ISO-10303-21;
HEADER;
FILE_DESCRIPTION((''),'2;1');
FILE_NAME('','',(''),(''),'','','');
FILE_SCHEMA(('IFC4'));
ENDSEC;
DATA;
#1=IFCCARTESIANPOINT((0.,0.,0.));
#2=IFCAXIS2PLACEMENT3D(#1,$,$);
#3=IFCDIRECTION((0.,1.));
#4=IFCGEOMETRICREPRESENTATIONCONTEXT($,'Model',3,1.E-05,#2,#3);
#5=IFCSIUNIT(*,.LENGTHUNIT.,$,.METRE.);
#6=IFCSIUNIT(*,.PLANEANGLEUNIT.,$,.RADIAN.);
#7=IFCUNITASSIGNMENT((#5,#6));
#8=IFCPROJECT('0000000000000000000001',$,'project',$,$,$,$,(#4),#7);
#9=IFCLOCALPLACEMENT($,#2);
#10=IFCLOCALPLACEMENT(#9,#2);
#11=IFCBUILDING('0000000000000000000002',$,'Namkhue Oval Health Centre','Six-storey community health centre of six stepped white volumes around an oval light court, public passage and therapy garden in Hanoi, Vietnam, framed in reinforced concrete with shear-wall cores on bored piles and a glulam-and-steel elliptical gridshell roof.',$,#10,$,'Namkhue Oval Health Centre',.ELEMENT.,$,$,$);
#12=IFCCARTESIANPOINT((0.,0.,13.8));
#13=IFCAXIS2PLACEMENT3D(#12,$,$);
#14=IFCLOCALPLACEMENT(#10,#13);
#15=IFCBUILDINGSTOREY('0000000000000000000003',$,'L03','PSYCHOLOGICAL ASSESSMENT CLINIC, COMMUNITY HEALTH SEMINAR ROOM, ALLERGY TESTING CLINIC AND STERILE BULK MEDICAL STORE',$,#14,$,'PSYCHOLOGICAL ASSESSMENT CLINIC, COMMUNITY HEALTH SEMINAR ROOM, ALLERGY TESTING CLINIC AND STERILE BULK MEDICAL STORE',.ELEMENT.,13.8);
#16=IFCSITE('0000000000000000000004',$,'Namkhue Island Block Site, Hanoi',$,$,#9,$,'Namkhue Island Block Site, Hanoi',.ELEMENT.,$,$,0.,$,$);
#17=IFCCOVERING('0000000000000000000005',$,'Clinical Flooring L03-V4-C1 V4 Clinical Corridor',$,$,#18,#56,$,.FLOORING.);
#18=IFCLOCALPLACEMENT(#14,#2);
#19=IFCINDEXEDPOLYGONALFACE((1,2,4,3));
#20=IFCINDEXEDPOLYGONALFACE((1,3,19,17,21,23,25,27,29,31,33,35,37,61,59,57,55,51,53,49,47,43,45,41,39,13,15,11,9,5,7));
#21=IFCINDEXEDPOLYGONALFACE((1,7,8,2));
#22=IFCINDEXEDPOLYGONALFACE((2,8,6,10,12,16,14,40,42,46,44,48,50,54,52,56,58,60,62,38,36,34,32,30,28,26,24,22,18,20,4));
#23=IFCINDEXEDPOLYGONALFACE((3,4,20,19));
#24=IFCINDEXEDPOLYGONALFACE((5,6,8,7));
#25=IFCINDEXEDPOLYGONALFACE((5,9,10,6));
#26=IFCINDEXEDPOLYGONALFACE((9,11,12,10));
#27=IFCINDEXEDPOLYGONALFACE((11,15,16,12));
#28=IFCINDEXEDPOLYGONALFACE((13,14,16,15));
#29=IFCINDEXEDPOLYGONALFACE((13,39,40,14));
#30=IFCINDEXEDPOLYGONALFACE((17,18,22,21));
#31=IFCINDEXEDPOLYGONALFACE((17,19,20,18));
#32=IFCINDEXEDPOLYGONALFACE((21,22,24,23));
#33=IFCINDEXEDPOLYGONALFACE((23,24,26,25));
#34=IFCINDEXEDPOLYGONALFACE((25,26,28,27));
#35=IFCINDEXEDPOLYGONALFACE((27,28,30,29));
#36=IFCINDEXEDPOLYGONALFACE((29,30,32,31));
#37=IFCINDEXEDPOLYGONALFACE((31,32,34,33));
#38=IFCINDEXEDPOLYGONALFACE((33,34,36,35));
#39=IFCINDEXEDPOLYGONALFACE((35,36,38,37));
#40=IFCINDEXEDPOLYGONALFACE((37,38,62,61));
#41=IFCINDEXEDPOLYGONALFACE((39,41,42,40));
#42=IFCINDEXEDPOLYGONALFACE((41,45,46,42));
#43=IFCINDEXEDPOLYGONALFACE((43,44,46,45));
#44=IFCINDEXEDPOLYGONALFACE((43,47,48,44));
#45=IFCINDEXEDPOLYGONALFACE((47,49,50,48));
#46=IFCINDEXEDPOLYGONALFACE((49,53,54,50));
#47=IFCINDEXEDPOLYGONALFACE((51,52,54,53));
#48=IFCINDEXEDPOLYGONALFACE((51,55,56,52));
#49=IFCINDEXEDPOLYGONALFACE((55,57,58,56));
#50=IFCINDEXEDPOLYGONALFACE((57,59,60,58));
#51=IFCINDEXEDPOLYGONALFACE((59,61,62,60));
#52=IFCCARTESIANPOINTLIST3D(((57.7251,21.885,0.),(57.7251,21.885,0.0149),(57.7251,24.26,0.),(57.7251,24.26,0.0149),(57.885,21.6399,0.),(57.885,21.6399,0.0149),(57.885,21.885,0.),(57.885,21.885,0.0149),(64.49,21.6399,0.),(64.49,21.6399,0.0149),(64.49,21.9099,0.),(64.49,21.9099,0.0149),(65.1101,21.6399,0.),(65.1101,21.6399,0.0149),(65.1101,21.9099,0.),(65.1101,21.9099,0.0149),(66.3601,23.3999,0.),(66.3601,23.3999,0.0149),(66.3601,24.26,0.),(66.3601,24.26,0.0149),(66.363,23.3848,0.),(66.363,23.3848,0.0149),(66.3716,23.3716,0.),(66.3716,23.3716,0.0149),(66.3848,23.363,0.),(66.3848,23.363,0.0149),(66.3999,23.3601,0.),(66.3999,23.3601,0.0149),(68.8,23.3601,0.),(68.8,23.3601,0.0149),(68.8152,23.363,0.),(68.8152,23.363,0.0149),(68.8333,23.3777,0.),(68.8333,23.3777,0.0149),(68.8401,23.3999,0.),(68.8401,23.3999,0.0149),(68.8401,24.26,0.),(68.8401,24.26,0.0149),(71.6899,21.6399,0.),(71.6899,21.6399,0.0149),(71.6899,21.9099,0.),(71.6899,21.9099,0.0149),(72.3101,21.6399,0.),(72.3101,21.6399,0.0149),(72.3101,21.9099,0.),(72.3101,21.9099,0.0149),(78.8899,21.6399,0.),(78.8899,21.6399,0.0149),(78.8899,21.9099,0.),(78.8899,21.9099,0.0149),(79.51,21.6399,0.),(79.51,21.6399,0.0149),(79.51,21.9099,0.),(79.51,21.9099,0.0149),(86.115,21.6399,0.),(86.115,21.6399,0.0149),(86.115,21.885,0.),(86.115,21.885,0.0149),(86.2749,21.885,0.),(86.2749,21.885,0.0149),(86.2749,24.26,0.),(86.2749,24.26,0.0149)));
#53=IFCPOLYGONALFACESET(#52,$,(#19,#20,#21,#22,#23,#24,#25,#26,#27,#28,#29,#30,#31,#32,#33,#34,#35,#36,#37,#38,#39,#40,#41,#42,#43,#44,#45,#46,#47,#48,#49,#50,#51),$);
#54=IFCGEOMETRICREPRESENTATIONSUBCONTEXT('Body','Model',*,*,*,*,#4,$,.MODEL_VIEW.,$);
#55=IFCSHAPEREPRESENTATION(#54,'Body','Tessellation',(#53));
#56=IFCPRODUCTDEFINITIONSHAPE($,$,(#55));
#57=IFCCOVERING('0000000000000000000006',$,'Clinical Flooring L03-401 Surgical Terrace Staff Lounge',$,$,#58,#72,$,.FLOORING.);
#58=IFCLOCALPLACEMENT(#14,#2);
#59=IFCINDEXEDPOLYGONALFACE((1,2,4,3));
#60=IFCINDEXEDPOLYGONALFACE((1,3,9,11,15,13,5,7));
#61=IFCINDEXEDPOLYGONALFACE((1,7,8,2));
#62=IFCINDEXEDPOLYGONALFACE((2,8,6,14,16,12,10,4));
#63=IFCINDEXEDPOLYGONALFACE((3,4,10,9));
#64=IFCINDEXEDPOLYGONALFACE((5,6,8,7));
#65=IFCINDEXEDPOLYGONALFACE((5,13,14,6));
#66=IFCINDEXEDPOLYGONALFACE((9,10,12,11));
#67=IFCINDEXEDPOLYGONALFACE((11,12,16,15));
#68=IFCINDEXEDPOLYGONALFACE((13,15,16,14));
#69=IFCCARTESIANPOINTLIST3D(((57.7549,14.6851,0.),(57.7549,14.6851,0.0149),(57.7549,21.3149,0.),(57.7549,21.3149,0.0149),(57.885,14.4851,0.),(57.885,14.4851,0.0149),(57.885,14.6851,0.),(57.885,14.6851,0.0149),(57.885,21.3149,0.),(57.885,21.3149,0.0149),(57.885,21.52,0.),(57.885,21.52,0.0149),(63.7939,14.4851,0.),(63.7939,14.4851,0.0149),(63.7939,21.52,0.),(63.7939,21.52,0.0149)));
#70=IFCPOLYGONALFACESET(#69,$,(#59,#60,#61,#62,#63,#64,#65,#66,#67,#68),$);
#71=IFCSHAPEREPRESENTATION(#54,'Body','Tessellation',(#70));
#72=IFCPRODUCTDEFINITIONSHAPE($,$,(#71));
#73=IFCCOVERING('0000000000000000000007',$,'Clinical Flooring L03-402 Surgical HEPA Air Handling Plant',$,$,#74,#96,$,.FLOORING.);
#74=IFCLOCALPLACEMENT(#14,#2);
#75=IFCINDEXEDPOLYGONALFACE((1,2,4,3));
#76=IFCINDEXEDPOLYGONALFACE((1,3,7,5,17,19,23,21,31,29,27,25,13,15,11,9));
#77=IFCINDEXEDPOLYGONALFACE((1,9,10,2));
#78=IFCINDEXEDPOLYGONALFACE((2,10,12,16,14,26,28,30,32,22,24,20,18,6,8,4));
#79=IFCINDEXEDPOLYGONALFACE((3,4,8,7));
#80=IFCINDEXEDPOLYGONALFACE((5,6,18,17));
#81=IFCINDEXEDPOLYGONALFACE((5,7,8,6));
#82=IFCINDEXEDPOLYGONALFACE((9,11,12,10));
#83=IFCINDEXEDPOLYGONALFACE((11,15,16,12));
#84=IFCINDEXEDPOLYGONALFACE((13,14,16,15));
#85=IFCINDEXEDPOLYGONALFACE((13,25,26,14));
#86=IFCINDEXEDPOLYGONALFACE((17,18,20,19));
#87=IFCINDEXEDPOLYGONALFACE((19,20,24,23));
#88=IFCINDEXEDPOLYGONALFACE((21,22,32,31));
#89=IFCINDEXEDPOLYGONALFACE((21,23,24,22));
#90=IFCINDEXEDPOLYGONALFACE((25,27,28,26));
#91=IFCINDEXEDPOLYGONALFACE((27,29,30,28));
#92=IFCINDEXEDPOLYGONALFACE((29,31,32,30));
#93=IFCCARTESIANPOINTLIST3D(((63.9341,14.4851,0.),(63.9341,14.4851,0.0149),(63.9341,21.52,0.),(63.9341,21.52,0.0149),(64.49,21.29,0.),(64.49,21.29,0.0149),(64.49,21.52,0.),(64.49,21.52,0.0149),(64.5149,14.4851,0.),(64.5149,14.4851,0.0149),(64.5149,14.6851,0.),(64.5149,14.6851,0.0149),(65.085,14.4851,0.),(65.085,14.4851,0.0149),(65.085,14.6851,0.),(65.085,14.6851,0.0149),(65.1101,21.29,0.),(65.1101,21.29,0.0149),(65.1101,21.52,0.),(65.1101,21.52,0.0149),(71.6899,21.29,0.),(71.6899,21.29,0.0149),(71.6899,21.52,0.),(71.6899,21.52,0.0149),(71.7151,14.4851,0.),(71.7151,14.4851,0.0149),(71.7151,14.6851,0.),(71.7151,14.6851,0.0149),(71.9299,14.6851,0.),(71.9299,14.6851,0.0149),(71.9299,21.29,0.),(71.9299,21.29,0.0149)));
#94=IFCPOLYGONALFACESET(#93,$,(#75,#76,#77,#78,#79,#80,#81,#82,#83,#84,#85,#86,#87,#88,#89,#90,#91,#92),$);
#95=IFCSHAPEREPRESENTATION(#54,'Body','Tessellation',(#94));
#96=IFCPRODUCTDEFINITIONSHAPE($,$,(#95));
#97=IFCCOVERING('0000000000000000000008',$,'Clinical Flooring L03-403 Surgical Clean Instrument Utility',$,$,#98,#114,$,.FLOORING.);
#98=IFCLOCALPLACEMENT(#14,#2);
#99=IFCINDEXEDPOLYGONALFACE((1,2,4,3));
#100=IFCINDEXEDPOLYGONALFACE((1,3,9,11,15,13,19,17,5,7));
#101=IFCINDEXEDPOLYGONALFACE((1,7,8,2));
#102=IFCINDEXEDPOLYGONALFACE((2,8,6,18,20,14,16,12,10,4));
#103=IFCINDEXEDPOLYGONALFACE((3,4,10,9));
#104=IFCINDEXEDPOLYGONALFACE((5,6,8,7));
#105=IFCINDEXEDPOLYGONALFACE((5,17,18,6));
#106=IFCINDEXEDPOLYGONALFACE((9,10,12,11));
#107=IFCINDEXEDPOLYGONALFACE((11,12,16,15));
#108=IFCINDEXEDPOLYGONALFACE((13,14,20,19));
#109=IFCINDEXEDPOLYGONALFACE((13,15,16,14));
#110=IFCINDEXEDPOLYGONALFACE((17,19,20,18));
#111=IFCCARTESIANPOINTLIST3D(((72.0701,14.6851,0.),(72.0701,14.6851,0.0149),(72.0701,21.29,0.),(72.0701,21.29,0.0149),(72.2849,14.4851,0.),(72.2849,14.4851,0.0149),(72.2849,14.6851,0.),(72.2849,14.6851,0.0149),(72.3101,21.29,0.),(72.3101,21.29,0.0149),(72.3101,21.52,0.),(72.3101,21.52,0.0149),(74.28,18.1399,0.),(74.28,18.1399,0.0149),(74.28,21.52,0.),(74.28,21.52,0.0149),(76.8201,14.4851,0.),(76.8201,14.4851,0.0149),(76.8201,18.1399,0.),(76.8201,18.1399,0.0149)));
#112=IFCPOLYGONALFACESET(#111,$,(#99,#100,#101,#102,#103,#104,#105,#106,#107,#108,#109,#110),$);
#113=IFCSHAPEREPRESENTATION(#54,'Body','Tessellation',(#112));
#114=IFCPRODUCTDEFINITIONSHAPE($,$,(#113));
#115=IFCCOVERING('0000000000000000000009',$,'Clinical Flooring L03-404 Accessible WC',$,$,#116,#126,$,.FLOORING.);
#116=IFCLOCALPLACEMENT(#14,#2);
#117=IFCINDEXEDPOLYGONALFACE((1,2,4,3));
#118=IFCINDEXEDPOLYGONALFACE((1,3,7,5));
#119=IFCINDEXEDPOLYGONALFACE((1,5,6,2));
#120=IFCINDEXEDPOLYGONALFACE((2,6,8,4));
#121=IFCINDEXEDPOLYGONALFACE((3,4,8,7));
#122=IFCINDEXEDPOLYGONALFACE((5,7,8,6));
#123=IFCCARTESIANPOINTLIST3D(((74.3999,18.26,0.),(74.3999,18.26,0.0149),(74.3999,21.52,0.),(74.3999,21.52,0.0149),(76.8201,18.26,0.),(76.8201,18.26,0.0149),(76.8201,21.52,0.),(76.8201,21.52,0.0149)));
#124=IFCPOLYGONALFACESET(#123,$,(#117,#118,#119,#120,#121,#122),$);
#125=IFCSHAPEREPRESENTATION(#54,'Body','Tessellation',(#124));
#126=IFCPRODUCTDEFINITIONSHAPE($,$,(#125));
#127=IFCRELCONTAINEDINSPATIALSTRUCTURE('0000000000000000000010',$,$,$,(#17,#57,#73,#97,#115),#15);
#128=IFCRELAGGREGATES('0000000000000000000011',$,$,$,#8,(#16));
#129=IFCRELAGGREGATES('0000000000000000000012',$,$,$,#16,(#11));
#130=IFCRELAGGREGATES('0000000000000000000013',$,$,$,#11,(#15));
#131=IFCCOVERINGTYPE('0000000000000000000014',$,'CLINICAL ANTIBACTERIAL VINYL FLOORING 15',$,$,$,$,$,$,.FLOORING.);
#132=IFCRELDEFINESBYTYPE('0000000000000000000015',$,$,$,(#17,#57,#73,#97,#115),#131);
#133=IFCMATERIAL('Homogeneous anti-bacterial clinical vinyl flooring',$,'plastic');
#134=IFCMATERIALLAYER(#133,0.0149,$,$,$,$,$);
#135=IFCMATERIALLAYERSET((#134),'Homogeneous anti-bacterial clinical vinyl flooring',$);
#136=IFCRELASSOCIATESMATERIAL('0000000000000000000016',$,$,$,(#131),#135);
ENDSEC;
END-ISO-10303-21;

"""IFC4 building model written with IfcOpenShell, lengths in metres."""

from ifc_helpers import new_model, si_unit, direction, frame, origin, place, context, subcontext, project, spatial, polyline, outline, extrude, material, layer, layer_set, type_object, element, save


model = new_model("IFC4")

# Units and contexts
model_context = context("Model", 3, precision=1e-05, world=origin(), true_north=direction((0.0, 1.0)))
body_context = subcontext(model_context, "Body", "Model", "MODEL_VIEW")
ifc_project = project(units=[si_unit("LENGTHUNIT", "METRE"), si_unit("PLANEANGLEUNIT", "RADIAN")], contexts=[model_context])

# Site, building, storey
site_placement = place(None, origin())
site = spatial("IfcSite", under=ifc_project, at=site_placement, Name="Namkhue Island Block Site, Hanoi", LongName="Namkhue Island Block Site, Hanoi", CompositionType="ELEMENT", RefElevation=0.0)
building_placement = place(site_placement, origin())
building = spatial("IfcBuilding", under=site, at=building_placement, Name="Namkhue Oval Health Centre", Description="Six-storey community health centre of six stepped white volumes around an oval light court, public passage and therapy garden in Hanoi, Vietnam, framed in reinforced concrete with shear-wall cores on bored piles and a glulam-and-steel elliptical gridshell roof.", LongName="Namkhue Oval Health Centre", CompositionType="ELEMENT")
storey_placement = place(building_placement, frame((0.0, 0.0, 13.8)))
storey = spatial("IfcBuildingStorey", under=building, at=storey_placement, Name="L03", Description="PSYCHOLOGICAL ASSESSMENT CLINIC, COMMUNITY HEALTH SEMINAR ROOM, ALLERGY TESTING CLINIC AND STERILE BULK MEDICAL STORE", LongName="PSYCHOLOGICAL ASSESSMENT CLINIC, COMMUNITY HEALTH SEMINAR ROOM, ALLERGY TESTING CLINIC AND STERILE BULK MEDICAL STORE", CompositionType="ELEMENT", Elevation=13.8)

# Coverings
ifc_material = material(Name="Homogeneous anti-bacterial clinical vinyl flooring", Category="plastic")
ifc_layer = layer(ifc_material, 0.0149)
ifc_layer_set = layer_set([ifc_layer], Name="Homogeneous anti-bacterial clinical vinyl flooring")
covering_type = type_object("IfcCoveringType", Name="CLINICAL ANTIBACTERIAL VINYL FLOORING 15", PredefinedType="FLOORING", material=ifc_layer_set)
covering_1_placement = place(storey_placement, origin())
element("IfcCovering", 1, at=covering_1_placement, inside=storey, type_object=covering_type, Name="Clinical Flooring L03-V4-C1 V4 Clinical Corridor", PredefinedType="FLOORING", context=body_context, shape_type="SweptSolid", body=[
    extrude(outline(polyline([(57.7251, 24.26), (66.3601, 24.26), (66.3601, 23.3999), (66.363, 23.3848), (66.3716, 23.3716), (66.3848, 23.363), (66.3999, 23.3601), (68.8, 23.3601), (68.8152, 23.363), (68.8333, 23.3777), (68.8401, 23.3999), (68.8401, 24.26), (86.2749, 24.26), (86.2749, 21.885), (86.115, 21.885), (86.115, 21.6399), (79.51, 21.6399), (79.51, 21.9099), (78.8899, 21.9099), (78.8899, 21.6399), (72.3101, 21.6399), (72.3101, 21.9099), (71.6899, 21.9099), (71.6899, 21.6399), (65.1101, 21.6399), (65.1101, 21.9099), (64.49, 21.9099), (64.49, 21.6399), (57.885, 21.6399), (57.885, 21.885), (57.7251, 21.885), (57.7251, 24.26)])), origin(), (0.0, 0.0, 1.0), 0.0149),
])
covering_2_placement = place(storey_placement, origin())
element("IfcCovering", 2, at=covering_2_placement, inside=storey, type_object=covering_type, Name="Clinical Flooring L03-401 Surgical Terrace Staff Lounge", PredefinedType="FLOORING", context=body_context, shape_type="SweptSolid", body=[
    extrude(outline(polyline([(57.885, 14.4851), (57.885, 14.6851), (57.7549, 14.6851), (57.7549, 21.3149), (57.885, 21.3149), (57.885, 21.52), (63.7939, 21.52), (63.7939, 14.4851), (57.885, 14.4851)])), origin(), (0.0, 0.0, 1.0), 0.0149),
])
covering_3_placement = place(storey_placement, origin())
element("IfcCovering", 3, at=covering_3_placement, inside=storey, type_object=covering_type, Name="Clinical Flooring L03-402 Surgical HEPA Air Handling Plant", PredefinedType="FLOORING", context=body_context, shape_type="SweptSolid", body=[
    extrude(outline(polyline([(65.085, 14.4851), (65.085, 14.6851), (64.5149, 14.6851), (64.5149, 14.4851), (63.9341, 14.4851), (63.9341, 21.52), (64.49, 21.52), (64.49, 21.29), (65.1101, 21.29), (65.1101, 21.52), (71.6899, 21.52), (71.6899, 21.29), (71.9299, 21.29), (71.9299, 14.6851), (71.7151, 14.6851), (71.7151, 14.4851), (65.085, 14.4851)])), origin(), (0.0, 0.0, 1.0), 0.0149),
])
covering_4_placement = place(storey_placement, origin())
element("IfcCovering", 4, at=covering_4_placement, inside=storey, type_object=covering_type, Name="Clinical Flooring L03-403 Surgical Clean Instrument Utility", PredefinedType="FLOORING", context=body_context, shape_type="SweptSolid", body=[
    extrude(outline(polyline([(74.28, 21.52), (74.28, 18.1399), (76.8201, 18.1399), (76.8201, 14.4851), (72.2849, 14.4851), (72.2849, 14.6851), (72.0701, 14.6851), (72.0701, 21.29), (72.3101, 21.29), (72.3101, 21.52), (74.28, 21.52)])), origin(), (0.0, 0.0, 1.0), 0.0149),
])
covering_5_placement = place(storey_placement, origin())
element("IfcCovering", 5, at=covering_5_placement, inside=storey, type_object=covering_type, Name="Clinical Flooring L03-404 Accessible WC", PredefinedType="FLOORING", context=body_context, shape_type="SweptSolid", body=[
    extrude(outline(polyline([(74.3999, 18.26), (74.3999, 21.52), (76.8201, 21.52), (76.8201, 18.26), (74.3999, 18.26)])), origin(), (0.0, 0.0, 1.0), 0.0149),
])

save(model, "model.ifc")
